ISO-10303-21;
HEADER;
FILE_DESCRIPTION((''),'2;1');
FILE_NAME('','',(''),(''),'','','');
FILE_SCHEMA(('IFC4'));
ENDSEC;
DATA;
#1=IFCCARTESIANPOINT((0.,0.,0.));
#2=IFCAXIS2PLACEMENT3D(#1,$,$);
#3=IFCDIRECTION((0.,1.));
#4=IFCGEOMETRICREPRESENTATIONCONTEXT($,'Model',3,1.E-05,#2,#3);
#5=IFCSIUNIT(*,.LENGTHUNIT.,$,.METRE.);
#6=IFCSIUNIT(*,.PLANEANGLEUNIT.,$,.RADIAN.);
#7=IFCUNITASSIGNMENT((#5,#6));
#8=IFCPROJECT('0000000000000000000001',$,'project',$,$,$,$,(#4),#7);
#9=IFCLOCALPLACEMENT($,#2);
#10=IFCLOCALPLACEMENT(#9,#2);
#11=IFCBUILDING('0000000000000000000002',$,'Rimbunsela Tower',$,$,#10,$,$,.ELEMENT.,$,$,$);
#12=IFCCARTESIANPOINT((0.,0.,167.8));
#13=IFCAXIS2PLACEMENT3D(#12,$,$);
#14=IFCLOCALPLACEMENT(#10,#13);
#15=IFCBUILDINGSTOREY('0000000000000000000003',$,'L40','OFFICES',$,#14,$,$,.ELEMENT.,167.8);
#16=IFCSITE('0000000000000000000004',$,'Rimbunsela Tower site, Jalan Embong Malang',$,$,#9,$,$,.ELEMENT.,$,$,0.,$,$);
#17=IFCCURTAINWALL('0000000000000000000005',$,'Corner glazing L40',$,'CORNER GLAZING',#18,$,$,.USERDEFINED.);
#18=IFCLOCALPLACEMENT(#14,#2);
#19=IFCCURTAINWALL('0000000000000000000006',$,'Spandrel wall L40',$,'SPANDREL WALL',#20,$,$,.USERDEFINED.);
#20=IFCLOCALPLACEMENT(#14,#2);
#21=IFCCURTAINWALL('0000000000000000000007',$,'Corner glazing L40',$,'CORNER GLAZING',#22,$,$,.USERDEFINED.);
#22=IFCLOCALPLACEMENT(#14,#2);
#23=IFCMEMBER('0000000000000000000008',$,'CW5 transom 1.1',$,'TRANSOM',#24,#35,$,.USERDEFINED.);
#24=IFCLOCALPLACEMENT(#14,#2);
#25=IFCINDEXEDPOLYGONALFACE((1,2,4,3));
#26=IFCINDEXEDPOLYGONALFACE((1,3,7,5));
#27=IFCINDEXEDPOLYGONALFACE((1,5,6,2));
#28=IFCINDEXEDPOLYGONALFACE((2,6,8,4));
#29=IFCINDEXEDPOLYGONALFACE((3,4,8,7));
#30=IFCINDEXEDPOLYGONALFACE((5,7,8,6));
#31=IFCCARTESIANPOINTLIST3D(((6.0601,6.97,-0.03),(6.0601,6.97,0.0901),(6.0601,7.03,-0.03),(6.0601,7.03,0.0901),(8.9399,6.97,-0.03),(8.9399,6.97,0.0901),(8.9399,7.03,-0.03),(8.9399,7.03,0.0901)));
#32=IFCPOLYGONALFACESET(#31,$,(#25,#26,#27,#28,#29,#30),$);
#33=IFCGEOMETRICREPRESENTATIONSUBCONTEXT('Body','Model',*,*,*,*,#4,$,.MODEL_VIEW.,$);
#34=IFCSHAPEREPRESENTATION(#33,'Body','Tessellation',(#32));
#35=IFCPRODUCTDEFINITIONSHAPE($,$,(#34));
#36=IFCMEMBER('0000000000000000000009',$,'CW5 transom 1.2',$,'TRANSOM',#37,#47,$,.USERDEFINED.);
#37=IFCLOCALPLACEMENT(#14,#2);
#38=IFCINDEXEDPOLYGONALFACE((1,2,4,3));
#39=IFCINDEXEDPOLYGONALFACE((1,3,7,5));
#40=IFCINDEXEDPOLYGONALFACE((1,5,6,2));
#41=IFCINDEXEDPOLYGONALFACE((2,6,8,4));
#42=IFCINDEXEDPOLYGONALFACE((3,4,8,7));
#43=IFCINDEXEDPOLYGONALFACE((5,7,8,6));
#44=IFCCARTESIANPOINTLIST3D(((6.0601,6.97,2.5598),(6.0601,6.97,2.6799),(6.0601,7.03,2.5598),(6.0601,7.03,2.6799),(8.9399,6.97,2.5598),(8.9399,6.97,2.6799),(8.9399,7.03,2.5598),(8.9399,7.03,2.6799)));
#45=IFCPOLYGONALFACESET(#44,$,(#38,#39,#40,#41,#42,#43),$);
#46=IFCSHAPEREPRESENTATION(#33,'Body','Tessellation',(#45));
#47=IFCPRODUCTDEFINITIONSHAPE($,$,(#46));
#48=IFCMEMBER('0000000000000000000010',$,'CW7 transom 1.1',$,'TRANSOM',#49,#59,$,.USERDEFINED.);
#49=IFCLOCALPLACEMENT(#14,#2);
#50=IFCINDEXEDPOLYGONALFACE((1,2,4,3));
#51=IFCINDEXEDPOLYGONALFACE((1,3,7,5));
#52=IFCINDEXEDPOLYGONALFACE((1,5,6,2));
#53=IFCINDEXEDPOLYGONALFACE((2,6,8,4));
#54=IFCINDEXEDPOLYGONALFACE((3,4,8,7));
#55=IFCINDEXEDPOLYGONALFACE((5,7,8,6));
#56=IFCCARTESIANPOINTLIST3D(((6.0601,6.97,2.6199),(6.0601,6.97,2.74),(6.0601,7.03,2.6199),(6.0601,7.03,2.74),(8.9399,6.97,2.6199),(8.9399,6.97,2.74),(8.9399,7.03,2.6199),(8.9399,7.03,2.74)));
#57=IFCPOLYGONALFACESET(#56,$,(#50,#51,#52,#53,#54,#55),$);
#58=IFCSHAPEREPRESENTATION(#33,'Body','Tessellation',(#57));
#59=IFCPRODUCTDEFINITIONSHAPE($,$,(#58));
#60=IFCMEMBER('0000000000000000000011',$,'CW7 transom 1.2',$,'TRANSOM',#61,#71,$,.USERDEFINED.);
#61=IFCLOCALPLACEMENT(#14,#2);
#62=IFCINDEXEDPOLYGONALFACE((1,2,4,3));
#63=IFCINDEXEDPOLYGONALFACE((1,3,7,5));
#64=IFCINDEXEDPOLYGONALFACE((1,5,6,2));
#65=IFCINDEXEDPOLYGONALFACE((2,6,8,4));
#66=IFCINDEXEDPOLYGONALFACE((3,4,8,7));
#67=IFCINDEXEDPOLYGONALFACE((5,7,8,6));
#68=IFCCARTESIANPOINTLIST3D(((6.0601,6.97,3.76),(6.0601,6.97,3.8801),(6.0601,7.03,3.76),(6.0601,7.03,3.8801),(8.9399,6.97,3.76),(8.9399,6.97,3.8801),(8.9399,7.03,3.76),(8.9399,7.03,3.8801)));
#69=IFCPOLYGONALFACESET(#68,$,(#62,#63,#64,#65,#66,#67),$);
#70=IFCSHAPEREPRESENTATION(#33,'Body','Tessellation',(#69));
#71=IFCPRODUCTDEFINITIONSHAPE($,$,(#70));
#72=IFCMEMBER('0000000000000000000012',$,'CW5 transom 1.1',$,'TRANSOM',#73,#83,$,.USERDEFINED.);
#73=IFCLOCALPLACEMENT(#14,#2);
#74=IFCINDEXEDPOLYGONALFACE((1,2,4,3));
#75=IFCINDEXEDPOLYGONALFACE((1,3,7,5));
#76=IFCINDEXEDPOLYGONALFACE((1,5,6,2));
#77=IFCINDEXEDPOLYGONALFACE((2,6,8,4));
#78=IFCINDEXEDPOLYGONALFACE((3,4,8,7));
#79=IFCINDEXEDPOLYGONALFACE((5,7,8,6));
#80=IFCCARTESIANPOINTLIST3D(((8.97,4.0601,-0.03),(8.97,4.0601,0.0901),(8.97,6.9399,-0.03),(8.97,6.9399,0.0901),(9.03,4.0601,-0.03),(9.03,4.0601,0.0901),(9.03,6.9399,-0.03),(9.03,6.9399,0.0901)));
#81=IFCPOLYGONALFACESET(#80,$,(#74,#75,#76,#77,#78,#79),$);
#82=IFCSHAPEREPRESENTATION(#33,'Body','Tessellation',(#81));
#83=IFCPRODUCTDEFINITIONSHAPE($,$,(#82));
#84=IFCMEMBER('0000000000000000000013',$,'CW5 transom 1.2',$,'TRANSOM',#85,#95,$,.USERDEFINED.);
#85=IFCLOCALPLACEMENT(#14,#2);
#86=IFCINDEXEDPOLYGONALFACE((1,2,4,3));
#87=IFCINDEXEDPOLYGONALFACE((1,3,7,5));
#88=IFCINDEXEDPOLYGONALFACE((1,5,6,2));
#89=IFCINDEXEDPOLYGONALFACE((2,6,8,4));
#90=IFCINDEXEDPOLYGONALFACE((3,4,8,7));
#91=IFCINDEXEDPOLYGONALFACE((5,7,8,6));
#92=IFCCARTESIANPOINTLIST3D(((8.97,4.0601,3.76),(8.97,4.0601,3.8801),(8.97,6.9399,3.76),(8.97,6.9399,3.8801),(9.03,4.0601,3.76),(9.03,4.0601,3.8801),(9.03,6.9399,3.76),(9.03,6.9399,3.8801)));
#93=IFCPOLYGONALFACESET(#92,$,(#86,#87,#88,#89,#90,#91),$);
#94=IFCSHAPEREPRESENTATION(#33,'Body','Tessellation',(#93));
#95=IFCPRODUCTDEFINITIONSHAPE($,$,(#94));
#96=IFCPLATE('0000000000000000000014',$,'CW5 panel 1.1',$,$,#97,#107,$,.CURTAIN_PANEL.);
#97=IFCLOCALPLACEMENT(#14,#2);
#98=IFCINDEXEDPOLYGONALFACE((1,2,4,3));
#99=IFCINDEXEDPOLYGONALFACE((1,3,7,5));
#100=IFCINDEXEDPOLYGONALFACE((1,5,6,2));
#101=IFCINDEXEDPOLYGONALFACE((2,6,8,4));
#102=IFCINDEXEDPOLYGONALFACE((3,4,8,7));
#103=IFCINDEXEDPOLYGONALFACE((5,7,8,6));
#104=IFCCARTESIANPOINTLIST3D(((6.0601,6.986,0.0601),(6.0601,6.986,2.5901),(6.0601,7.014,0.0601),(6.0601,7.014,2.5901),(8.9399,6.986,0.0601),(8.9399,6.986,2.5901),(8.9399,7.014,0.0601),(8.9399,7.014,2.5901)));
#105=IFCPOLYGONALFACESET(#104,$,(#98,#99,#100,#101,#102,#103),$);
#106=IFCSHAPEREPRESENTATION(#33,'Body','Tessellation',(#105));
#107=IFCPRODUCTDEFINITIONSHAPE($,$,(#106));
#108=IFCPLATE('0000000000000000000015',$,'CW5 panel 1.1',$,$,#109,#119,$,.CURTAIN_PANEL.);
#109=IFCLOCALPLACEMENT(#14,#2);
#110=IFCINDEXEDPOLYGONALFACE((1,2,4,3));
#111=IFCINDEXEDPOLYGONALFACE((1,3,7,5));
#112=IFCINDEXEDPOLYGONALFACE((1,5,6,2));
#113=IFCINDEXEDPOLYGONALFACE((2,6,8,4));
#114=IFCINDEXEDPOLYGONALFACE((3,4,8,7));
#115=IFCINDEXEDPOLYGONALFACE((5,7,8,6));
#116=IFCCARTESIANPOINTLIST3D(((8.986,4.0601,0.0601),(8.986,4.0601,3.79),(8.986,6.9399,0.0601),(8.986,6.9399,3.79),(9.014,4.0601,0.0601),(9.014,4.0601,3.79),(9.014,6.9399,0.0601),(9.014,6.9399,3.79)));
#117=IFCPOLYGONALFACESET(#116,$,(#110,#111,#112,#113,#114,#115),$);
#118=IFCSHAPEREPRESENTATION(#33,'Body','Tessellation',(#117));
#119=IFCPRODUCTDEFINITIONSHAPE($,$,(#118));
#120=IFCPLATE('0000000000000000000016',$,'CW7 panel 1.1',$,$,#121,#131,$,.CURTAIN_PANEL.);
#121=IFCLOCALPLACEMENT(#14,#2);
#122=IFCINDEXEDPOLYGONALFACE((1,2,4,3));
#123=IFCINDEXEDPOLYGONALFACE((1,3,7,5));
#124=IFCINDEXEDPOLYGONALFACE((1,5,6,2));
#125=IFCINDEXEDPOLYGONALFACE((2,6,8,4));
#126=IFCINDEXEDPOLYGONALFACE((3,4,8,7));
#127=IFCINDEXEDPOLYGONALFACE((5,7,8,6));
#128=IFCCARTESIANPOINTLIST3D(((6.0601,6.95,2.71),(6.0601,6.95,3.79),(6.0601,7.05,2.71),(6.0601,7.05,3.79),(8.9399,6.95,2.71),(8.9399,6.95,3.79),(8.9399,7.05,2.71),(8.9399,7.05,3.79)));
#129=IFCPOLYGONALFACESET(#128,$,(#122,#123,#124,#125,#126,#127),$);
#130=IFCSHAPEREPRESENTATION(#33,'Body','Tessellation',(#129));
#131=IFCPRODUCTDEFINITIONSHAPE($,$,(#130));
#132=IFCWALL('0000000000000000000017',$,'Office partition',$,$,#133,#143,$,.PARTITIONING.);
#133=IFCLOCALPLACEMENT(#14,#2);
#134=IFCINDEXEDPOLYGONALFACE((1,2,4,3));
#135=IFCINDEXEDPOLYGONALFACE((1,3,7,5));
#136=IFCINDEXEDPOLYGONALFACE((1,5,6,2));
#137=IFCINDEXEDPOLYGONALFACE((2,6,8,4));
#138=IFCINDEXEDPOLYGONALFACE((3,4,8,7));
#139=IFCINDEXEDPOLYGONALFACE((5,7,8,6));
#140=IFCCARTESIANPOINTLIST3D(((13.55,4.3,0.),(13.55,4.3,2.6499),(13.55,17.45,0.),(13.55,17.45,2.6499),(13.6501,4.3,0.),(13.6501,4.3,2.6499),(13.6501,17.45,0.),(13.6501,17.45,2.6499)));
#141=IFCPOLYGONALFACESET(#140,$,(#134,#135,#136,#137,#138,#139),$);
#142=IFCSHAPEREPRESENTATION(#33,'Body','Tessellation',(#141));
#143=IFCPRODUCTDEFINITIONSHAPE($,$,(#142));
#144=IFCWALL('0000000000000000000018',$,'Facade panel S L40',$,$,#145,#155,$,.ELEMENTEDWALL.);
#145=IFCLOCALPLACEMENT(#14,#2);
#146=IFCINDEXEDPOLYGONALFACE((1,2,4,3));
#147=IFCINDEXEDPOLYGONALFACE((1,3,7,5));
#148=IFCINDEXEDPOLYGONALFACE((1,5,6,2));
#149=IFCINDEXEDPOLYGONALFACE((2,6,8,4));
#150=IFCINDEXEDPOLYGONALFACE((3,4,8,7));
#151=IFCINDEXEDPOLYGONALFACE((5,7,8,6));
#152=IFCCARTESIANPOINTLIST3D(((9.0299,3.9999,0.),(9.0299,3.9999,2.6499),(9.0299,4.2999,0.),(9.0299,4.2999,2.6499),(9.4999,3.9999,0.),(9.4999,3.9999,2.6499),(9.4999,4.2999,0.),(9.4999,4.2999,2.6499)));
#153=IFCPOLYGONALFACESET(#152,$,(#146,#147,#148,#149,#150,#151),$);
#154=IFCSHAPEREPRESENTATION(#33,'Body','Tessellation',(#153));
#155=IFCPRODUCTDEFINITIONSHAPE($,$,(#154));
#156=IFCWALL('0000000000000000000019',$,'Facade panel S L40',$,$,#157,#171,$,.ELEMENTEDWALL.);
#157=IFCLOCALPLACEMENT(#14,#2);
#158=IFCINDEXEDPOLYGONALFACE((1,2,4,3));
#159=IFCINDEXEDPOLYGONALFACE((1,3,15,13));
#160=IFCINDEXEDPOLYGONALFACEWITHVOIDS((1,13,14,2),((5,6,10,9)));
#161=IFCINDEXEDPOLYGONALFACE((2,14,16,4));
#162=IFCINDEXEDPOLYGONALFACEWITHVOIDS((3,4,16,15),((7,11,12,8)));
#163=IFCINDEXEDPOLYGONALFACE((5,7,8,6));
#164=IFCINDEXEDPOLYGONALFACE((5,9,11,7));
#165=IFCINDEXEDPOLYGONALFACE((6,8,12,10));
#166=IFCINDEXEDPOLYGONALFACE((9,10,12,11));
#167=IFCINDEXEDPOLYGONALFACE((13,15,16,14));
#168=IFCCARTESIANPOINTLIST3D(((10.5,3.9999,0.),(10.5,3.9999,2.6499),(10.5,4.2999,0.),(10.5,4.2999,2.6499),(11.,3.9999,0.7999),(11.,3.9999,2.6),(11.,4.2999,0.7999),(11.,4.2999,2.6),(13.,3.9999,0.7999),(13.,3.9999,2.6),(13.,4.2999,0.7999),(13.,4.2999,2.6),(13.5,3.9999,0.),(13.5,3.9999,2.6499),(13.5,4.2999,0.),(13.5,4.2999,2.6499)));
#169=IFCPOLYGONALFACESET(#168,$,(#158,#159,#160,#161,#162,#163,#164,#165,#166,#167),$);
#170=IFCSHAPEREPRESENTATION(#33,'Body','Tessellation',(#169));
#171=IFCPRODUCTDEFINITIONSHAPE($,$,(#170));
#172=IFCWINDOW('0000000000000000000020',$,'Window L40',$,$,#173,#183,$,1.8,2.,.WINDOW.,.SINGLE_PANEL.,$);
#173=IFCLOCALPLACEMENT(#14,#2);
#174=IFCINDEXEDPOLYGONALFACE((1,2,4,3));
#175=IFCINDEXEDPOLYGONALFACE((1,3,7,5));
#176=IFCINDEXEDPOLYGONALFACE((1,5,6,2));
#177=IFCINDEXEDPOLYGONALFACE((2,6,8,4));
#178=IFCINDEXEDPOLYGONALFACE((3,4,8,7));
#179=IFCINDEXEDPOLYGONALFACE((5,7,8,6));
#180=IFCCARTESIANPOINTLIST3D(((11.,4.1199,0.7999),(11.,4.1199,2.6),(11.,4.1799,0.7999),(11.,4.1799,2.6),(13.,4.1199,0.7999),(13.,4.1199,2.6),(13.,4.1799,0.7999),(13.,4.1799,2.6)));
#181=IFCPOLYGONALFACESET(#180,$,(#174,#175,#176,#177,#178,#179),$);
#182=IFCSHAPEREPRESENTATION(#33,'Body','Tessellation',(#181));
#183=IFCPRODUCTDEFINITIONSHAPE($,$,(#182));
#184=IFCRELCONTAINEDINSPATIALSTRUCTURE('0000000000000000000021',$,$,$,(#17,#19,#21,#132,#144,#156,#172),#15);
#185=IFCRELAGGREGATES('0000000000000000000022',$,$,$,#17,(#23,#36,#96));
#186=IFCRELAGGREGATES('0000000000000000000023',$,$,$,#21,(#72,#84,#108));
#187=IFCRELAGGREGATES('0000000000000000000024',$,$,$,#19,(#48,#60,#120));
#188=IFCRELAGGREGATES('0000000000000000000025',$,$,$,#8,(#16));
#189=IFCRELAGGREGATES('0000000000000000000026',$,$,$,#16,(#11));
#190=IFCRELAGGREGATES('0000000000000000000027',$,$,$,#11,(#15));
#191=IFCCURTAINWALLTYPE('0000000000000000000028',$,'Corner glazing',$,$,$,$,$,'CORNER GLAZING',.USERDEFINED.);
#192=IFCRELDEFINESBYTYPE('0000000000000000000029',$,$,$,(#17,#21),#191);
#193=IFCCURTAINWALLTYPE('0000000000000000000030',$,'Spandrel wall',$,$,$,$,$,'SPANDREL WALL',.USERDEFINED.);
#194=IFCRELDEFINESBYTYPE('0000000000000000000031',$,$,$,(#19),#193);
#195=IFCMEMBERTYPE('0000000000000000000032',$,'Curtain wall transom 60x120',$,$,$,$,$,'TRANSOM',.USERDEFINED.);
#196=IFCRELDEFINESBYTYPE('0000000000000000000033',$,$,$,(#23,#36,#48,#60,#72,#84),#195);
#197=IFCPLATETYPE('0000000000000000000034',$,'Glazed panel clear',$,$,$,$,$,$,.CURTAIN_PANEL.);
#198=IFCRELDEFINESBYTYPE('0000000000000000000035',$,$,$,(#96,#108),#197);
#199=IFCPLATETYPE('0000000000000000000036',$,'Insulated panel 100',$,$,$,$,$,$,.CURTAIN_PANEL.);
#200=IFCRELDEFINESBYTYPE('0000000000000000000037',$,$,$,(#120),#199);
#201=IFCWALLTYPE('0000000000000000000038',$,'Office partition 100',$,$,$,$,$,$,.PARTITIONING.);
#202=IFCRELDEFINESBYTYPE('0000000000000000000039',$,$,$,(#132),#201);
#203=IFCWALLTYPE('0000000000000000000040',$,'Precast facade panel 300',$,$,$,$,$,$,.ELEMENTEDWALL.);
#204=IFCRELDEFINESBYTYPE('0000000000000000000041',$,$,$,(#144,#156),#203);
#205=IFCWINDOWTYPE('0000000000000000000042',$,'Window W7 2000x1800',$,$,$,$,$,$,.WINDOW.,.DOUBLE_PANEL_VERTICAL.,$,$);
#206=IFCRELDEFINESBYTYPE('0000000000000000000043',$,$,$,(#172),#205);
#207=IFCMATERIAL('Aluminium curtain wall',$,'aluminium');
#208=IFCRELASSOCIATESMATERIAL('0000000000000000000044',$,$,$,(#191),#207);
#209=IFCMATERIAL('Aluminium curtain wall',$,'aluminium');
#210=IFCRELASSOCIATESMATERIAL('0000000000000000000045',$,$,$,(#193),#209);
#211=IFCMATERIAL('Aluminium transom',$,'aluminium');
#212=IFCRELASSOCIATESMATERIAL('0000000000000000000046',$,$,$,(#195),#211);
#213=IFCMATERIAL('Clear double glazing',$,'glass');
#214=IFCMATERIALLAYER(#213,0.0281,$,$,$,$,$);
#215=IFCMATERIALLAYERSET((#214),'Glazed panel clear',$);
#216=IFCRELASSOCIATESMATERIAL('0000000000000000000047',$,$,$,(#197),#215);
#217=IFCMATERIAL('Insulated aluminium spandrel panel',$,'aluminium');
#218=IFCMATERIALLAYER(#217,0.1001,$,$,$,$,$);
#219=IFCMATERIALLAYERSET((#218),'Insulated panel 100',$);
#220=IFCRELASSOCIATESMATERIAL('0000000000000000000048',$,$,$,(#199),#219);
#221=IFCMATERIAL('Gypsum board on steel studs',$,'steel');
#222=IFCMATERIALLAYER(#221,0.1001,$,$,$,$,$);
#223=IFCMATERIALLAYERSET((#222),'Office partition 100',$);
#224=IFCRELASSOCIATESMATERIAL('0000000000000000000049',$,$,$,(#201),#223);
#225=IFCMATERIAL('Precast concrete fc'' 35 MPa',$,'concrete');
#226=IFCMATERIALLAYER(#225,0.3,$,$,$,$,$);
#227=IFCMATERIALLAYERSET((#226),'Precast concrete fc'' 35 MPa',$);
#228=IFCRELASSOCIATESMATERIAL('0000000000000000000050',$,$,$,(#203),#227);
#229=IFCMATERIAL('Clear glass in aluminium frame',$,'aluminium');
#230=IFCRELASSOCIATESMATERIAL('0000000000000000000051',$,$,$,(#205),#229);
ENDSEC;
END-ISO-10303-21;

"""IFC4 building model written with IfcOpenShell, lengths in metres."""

from ifc_helpers import new_model, si_unit, direction, frame, frame_2d, origin, origin_2d, place, context, subcontext, project, spatial, rectangle, extrude, material, layer, layer_set, material_profile, profile_set, type_object, element, fill, aggregate, save


model = new_model("IFC4")

# Units and contexts
model_context = context("Model", 3, precision=1e-05, world=origin(), true_north=direction((0.0, 1.0)))
body_context = subcontext(model_context, "Body", "Model", "MODEL_VIEW")
ifc_project = project(units=[si_unit("LENGTHUNIT", "METRE"), si_unit("PLANEANGLEUNIT", "RADIAN")], contexts=[model_context])

# Site, building, storey
site_placement = place(None, origin())
site = spatial("IfcSite", under=ifc_project, at=site_placement, Name="Rimbunsela Tower site, Jalan Embong Malang", CompositionType="ELEMENT", RefElevation=0.0)
building_placement = place(site_placement, origin())
building = spatial("IfcBuilding", under=site, at=building_placement, Name="Rimbunsela Tower", CompositionType="ELEMENT")
storey_placement = place(building_placement, frame((0.0, 0.0, 167.8)))
storey = spatial("IfcBuildingStorey", under=building, at=storey_placement, Name="L40", Description="OFFICES", CompositionType="ELEMENT", Elevation=167.8)

# Curtain walls
ifc_material_1 = material(Name="Aluminium curtain wall", Category="aluminium")
curtain_wall_type_1 = type_object("IfcCurtainWallType", Name="Corner glazing", ElementType="CORNER GLAZING", PredefinedType="USERDEFINED", material=ifc_material_1)
curtain_wall_1_placement = place(storey_placement, origin())
curtain_wall_1 = element("IfcCurtainWall", 1, at=curtain_wall_1_placement, inside=storey, type_object=curtain_wall_type_1, Name="Corner glazing L40", ObjectType="CORNER GLAZING", PredefinedType="USERDEFINED")
ifc_material_2 = material(Name="Aluminium curtain wall", Category="aluminium")
curtain_wall_type_2 = type_object("IfcCurtainWallType", Name="Spandrel wall", ElementType="SPANDREL WALL", PredefinedType="USERDEFINED", material=ifc_material_2)
curtain_wall_2_placement = place(storey_placement, origin())
curtain_wall_2 = element("IfcCurtainWall", 2, at=curtain_wall_2_placement, inside=storey, type_object=curtain_wall_type_2, Name="Spandrel wall L40", ObjectType="SPANDREL WALL", PredefinedType="USERDEFINED")
curtain_wall_3_placement = place(storey_placement, origin())
curtain_wall_3 = element("IfcCurtainWall", 3, at=curtain_wall_3_placement, inside=storey, type_object=curtain_wall_type_1, Name="Corner glazing L40", ObjectType="CORNER GLAZING", PredefinedType="USERDEFINED")

# Members
ifc_material_3 = material(Name="Aluminium transom", Category="aluminium")
ifc_material_profile_1 = material_profile(ifc_material_3, rectangle(XDim=0.0601, YDim=0.1201, at=origin_2d()), Name="Transom 60x120")
ifc_profile_set_1 = profile_set([ifc_material_profile_1], Name="Aluminium transom")
member_type_1 = type_object("IfcMemberType", Name="Curtain wall transom 60x120", ElementType="TRANSOM", PredefinedType="USERDEFINED", material=ifc_profile_set_1)
member_1_placement = place(storey_placement, frame((6.0601, 7.0, 0.03), z_axis=(1.0, 0.0, 0.0), x_axis=(0.0, 1.0, 0.0)))
member_1 = element("IfcMember", 4, at=member_1_placement, type_object=member_type_1, Name="CW5 transom 1.1", ObjectType="TRANSOM", PredefinedType="USERDEFINED", context=body_context, shape_type="SweptSolid", body=[
    extrude(rectangle(XDim=0.0601, YDim=0.1201, at=origin_2d()), origin(), (0.0, 0.0, 1.0), 2.8799),
])
member_2_placement = place(storey_placement, frame((6.0601, 7.0, 2.6199), z_axis=(1.0, 0.0, 0.0), x_axis=(0.0, 1.0, 0.0)))
member_2 = element("IfcMember", 5, at=member_2_placement, type_object=member_type_1, Name="CW5 transom 1.2", ObjectType="TRANSOM", PredefinedType="USERDEFINED", context=body_context, shape_type="SweptSolid", body=[
    extrude(rectangle(XDim=0.0601, YDim=0.1201, at=origin_2d()), origin(), (0.0, 0.0, 1.0), 2.8799),
])
member_3_placement = place(storey_placement, frame((6.0601, 7.0, 2.6799), z_axis=(1.0, 0.0, 0.0), x_axis=(0.0, 1.0, 0.0)))
member_3 = element("IfcMember", 6, at=member_3_placement, type_object=member_type_1, Name="CW7 transom 1.1", ObjectType="TRANSOM", PredefinedType="USERDEFINED", context=body_context, shape_type="SweptSolid", body=[
    extrude(rectangle(XDim=0.0601, YDim=0.1201, at=origin_2d()), origin(), (0.0, 0.0, 1.0), 2.8799),
])
member_4_placement = place(storey_placement, frame((6.0601, 7.0, 3.8201), z_axis=(1.0, 0.0, 0.0), x_axis=(0.0, 1.0, 0.0)))
member_4 = element("IfcMember", 7, at=member_4_placement, type_object=member_type_1, Name="CW7 transom 1.2", ObjectType="TRANSOM", PredefinedType="USERDEFINED", context=body_context, shape_type="SweptSolid", body=[
    extrude(rectangle(XDim=0.0601, YDim=0.1201, at=origin_2d()), origin(), (0.0, 0.0, 1.0), 2.8799),
])
member_5_placement = place(storey_placement, frame((9.0, 6.9399, 0.03), z_axis=(0.0, -1.0, 0.0), x_axis=(1.0, 0.0, 0.0)))
member_5 = element("IfcMember", 8, at=member_5_placement, type_object=member_type_1, Name="CW5 transom 1.1", ObjectType="TRANSOM", PredefinedType="USERDEFINED", context=body_context, shape_type="SweptSolid", body=[
    extrude(rectangle(XDim=0.0601, YDim=0.1201, at=origin_2d()), origin(), (0.0, 0.0, 1.0), 2.8799),
])
member_6_placement = place(storey_placement, frame((9.0, 6.9399, 3.8201), z_axis=(0.0, -1.0, 0.0), x_axis=(1.0, 0.0, 0.0)))
member_6 = element("IfcMember", 9, at=member_6_placement, type_object=member_type_1, Name="CW5 transom 1.2", ObjectType="TRANSOM", PredefinedType="USERDEFINED", context=body_context, shape_type="SweptSolid", body=[
    extrude(rectangle(XDim=0.0601, YDim=0.1201, at=origin_2d()), origin(), (0.0, 0.0, 1.0), 2.8799),
])

# Plates
ifc_material_4 = material(Name="Clear double glazing", Category="glass")
ifc_layer_1 = layer(ifc_material_4, 0.0281)
ifc_layer_set_1 = layer_set([ifc_layer_1], Name="Glazed panel clear")
plate_type_1 = type_object("IfcPlateType", Name="Glazed panel clear", PredefinedType="CURTAIN_PANEL", material=ifc_layer_set_1)
plate_1_placement = place(storey_placement, frame((7.5, 7.0, 0.0601), z_axis=(0.0, 0.0, 1.0), x_axis=(1.0, 0.0, 0.0)))
plate_1 = element("IfcPlate", 10, at=plate_1_placement, type_object=plate_type_1, Name="CW5 panel 1.1", PredefinedType="CURTAIN_PANEL", context=body_context, shape_type="SweptSolid", body=[
    extrude(rectangle(XDim=2.8799, YDim=0.0281, at=origin_2d()), origin(), (0.0, 0.0, 1.0), 2.53),
])
aggregate(curtain_wall_1, [member_1, member_2, plate_1])
plate_2_placement = place(storey_placement, frame((9.0, 5.5, 0.0601), z_axis=(0.0, 0.0, 1.0), x_axis=(0.0, -1.0, 0.0)))
plate_2 = element("IfcPlate", 11, at=plate_2_placement, type_object=plate_type_1, Name="CW5 panel 1.1", PredefinedType="CURTAIN_PANEL", context=body_context, shape_type="SweptSolid", body=[
    extrude(rectangle(XDim=2.8799, YDim=0.0281, at=origin_2d()), origin(), (0.0, 0.0, 1.0), 3.73),
])
aggregate(curtain_wall_3, [member_5, member_6, plate_2])
ifc_material_5 = material(Name="Insulated aluminium spandrel panel", Category="aluminium")
ifc_layer_2 = layer(ifc_material_5, 0.1001)
ifc_layer_set_2 = layer_set([ifc_layer_2], Name="Insulated panel 100")
plate_type_2 = type_object("IfcPlateType", Name="Insulated panel 100", PredefinedType="CURTAIN_PANEL", material=ifc_layer_set_2)
plate_3_placement = place(storey_placement, frame((7.5, 7.0, 2.71), z_axis=(0.0, 0.0, 1.0), x_axis=(1.0, 0.0, 0.0)))
plate_3 = element("IfcPlate", 12, at=plate_3_placement, type_object=plate_type_2, Name="CW7 panel 1.1", PredefinedType="CURTAIN_PANEL", context=body_context, shape_type="SweptSolid", body=[
    extrude(rectangle(XDim=2.8799, YDim=0.1001, at=origin_2d()), origin(), (0.0, 0.0, 1.0), 1.0801),
])
aggregate(curtain_wall_2, [member_3, member_4, plate_3])

# Walls
ifc_material_6 = material(Name="Gypsum board on steel studs", Category="steel")
ifc_layer_3 = layer(ifc_material_6, 0.1001)
ifc_layer_set_3 = layer_set([ifc_layer_3], Name="Office partition 100")
wall_type_1 = type_object("IfcWallType", Name="Office partition 100", PredefinedType="PARTITIONING", material=ifc_layer_set_3)
wall_1_placement = place(storey_placement, frame((13.6001, 4.3, 0.0), z_axis=(0.0, 0.0, 1.0), x_axis=(0.0, 1.0, 0.0)))
element("IfcWall", 13, at=wall_1_placement, inside=storey, type_object=wall_type_1, Name="Office partition", PredefinedType="PARTITIONING", context=body_context, shape_type="SweptSolid", body=[
    extrude(rectangle(XDim=13.1499, YDim=0.1001, at=frame_2d((6.575, 0.0))), origin(), (0.0, 0.0, 1.0), 2.6499),
])
ifc_material_7 = material(Name="Precast concrete fc' 35 MPa", Category="concrete")
ifc_layer_4 = layer(ifc_material_7, 0.3)
ifc_layer_set_4 = layer_set([ifc_layer_4], Name="Precast concrete fc' 35 MPa")
wall_type_2 = type_object("IfcWallType", Name="Precast facade panel 300", PredefinedType="ELEMENTEDWALL", material=ifc_layer_set_4)
wall_2_placement = place(storey_placement, frame((9.03, 4.1499, 0.0), z_axis=(0.0, 0.0, 1.0), x_axis=(1.0, 0.0, 0.0)))
element("IfcWall", 14, at=wall_2_placement, inside=storey, type_object=wall_type_2, Name="Facade panel S L40", PredefinedType="ELEMENTEDWALL", context=body_context, shape_type="SweptSolid", body=[
    extrude(rectangle(XDim=0.47, YDim=0.3, at=frame_2d((0.2349, 0.0))), origin(), (0.0, 0.0, 1.0), 2.6499),
])

# Wall, opening, window
wall_3_placement = place(storey_placement, frame((10.5, 4.1499, 0.0), z_axis=(0.0, 0.0, 1.0), x_axis=(1.0, 0.0, 0.0)))
wall_3 = element("IfcWall", 15, at=wall_3_placement, inside=storey, type_object=wall_type_2, Name="Facade panel S L40", PredefinedType="ELEMENTEDWALL", context=body_context, shape_type="SweptSolid", body=[
    extrude(rectangle(XDim=3.0, YDim=0.3, at=frame_2d((1.5, 0.0))), origin(), (0.0, 0.0, 1.0), 2.6499),
])
opening_1_placement = place(wall_3_placement, frame((0.5, 0.0, 0.8)))
opening_1 = element("IfcOpeningElement", 16, at=opening_1_placement, cuts=wall_3, PredefinedType="OPENING", context=body_context, shape_type="SweptSolid", body=[
    extrude(rectangle(XDim=2.0, YDim=1.8, at=frame_2d((1.0, 0.8999))), frame((0.0, 0.1599, 0.0), z_axis=(0.0, -1.0, 0.0), x_axis=(1.0, 0.0, 0.0)), (0.0, 0.0, 1.0), 0.3201),
])
ifc_material_8 = material(Name="Clear glass in aluminium frame", Category="aluminium")
window_type = type_object("IfcWindowType", Name="Window W7 2000x1800", PartitioningType="DOUBLE_PANEL_VERTICAL", PredefinedType="WINDOW", material=ifc_material_8)
window_1_placement = place(opening_1_placement, origin())
window_1 = element("IfcWindow", 17, at=window_1_placement, inside=storey, type_object=window_type, Name="Window L40", OverallHeight=1.8, OverallWidth=2.0, PartitioningType="SINGLE_PANEL", PredefinedType="WINDOW", context=body_context, shape_type="SweptSolid", body=[
    extrude(rectangle(XDim=2.0, YDim=1.8, at=frame_2d((1.0, 0.8999))), frame((0.0, 0.03, 0.0), z_axis=(0.0, -1.0, 0.0), x_axis=(1.0, 0.0, 0.0)), (0.0, 0.0, 1.0), 0.0601),
])
fill(opening_1, window_1)

save(model, "model.ifc")
